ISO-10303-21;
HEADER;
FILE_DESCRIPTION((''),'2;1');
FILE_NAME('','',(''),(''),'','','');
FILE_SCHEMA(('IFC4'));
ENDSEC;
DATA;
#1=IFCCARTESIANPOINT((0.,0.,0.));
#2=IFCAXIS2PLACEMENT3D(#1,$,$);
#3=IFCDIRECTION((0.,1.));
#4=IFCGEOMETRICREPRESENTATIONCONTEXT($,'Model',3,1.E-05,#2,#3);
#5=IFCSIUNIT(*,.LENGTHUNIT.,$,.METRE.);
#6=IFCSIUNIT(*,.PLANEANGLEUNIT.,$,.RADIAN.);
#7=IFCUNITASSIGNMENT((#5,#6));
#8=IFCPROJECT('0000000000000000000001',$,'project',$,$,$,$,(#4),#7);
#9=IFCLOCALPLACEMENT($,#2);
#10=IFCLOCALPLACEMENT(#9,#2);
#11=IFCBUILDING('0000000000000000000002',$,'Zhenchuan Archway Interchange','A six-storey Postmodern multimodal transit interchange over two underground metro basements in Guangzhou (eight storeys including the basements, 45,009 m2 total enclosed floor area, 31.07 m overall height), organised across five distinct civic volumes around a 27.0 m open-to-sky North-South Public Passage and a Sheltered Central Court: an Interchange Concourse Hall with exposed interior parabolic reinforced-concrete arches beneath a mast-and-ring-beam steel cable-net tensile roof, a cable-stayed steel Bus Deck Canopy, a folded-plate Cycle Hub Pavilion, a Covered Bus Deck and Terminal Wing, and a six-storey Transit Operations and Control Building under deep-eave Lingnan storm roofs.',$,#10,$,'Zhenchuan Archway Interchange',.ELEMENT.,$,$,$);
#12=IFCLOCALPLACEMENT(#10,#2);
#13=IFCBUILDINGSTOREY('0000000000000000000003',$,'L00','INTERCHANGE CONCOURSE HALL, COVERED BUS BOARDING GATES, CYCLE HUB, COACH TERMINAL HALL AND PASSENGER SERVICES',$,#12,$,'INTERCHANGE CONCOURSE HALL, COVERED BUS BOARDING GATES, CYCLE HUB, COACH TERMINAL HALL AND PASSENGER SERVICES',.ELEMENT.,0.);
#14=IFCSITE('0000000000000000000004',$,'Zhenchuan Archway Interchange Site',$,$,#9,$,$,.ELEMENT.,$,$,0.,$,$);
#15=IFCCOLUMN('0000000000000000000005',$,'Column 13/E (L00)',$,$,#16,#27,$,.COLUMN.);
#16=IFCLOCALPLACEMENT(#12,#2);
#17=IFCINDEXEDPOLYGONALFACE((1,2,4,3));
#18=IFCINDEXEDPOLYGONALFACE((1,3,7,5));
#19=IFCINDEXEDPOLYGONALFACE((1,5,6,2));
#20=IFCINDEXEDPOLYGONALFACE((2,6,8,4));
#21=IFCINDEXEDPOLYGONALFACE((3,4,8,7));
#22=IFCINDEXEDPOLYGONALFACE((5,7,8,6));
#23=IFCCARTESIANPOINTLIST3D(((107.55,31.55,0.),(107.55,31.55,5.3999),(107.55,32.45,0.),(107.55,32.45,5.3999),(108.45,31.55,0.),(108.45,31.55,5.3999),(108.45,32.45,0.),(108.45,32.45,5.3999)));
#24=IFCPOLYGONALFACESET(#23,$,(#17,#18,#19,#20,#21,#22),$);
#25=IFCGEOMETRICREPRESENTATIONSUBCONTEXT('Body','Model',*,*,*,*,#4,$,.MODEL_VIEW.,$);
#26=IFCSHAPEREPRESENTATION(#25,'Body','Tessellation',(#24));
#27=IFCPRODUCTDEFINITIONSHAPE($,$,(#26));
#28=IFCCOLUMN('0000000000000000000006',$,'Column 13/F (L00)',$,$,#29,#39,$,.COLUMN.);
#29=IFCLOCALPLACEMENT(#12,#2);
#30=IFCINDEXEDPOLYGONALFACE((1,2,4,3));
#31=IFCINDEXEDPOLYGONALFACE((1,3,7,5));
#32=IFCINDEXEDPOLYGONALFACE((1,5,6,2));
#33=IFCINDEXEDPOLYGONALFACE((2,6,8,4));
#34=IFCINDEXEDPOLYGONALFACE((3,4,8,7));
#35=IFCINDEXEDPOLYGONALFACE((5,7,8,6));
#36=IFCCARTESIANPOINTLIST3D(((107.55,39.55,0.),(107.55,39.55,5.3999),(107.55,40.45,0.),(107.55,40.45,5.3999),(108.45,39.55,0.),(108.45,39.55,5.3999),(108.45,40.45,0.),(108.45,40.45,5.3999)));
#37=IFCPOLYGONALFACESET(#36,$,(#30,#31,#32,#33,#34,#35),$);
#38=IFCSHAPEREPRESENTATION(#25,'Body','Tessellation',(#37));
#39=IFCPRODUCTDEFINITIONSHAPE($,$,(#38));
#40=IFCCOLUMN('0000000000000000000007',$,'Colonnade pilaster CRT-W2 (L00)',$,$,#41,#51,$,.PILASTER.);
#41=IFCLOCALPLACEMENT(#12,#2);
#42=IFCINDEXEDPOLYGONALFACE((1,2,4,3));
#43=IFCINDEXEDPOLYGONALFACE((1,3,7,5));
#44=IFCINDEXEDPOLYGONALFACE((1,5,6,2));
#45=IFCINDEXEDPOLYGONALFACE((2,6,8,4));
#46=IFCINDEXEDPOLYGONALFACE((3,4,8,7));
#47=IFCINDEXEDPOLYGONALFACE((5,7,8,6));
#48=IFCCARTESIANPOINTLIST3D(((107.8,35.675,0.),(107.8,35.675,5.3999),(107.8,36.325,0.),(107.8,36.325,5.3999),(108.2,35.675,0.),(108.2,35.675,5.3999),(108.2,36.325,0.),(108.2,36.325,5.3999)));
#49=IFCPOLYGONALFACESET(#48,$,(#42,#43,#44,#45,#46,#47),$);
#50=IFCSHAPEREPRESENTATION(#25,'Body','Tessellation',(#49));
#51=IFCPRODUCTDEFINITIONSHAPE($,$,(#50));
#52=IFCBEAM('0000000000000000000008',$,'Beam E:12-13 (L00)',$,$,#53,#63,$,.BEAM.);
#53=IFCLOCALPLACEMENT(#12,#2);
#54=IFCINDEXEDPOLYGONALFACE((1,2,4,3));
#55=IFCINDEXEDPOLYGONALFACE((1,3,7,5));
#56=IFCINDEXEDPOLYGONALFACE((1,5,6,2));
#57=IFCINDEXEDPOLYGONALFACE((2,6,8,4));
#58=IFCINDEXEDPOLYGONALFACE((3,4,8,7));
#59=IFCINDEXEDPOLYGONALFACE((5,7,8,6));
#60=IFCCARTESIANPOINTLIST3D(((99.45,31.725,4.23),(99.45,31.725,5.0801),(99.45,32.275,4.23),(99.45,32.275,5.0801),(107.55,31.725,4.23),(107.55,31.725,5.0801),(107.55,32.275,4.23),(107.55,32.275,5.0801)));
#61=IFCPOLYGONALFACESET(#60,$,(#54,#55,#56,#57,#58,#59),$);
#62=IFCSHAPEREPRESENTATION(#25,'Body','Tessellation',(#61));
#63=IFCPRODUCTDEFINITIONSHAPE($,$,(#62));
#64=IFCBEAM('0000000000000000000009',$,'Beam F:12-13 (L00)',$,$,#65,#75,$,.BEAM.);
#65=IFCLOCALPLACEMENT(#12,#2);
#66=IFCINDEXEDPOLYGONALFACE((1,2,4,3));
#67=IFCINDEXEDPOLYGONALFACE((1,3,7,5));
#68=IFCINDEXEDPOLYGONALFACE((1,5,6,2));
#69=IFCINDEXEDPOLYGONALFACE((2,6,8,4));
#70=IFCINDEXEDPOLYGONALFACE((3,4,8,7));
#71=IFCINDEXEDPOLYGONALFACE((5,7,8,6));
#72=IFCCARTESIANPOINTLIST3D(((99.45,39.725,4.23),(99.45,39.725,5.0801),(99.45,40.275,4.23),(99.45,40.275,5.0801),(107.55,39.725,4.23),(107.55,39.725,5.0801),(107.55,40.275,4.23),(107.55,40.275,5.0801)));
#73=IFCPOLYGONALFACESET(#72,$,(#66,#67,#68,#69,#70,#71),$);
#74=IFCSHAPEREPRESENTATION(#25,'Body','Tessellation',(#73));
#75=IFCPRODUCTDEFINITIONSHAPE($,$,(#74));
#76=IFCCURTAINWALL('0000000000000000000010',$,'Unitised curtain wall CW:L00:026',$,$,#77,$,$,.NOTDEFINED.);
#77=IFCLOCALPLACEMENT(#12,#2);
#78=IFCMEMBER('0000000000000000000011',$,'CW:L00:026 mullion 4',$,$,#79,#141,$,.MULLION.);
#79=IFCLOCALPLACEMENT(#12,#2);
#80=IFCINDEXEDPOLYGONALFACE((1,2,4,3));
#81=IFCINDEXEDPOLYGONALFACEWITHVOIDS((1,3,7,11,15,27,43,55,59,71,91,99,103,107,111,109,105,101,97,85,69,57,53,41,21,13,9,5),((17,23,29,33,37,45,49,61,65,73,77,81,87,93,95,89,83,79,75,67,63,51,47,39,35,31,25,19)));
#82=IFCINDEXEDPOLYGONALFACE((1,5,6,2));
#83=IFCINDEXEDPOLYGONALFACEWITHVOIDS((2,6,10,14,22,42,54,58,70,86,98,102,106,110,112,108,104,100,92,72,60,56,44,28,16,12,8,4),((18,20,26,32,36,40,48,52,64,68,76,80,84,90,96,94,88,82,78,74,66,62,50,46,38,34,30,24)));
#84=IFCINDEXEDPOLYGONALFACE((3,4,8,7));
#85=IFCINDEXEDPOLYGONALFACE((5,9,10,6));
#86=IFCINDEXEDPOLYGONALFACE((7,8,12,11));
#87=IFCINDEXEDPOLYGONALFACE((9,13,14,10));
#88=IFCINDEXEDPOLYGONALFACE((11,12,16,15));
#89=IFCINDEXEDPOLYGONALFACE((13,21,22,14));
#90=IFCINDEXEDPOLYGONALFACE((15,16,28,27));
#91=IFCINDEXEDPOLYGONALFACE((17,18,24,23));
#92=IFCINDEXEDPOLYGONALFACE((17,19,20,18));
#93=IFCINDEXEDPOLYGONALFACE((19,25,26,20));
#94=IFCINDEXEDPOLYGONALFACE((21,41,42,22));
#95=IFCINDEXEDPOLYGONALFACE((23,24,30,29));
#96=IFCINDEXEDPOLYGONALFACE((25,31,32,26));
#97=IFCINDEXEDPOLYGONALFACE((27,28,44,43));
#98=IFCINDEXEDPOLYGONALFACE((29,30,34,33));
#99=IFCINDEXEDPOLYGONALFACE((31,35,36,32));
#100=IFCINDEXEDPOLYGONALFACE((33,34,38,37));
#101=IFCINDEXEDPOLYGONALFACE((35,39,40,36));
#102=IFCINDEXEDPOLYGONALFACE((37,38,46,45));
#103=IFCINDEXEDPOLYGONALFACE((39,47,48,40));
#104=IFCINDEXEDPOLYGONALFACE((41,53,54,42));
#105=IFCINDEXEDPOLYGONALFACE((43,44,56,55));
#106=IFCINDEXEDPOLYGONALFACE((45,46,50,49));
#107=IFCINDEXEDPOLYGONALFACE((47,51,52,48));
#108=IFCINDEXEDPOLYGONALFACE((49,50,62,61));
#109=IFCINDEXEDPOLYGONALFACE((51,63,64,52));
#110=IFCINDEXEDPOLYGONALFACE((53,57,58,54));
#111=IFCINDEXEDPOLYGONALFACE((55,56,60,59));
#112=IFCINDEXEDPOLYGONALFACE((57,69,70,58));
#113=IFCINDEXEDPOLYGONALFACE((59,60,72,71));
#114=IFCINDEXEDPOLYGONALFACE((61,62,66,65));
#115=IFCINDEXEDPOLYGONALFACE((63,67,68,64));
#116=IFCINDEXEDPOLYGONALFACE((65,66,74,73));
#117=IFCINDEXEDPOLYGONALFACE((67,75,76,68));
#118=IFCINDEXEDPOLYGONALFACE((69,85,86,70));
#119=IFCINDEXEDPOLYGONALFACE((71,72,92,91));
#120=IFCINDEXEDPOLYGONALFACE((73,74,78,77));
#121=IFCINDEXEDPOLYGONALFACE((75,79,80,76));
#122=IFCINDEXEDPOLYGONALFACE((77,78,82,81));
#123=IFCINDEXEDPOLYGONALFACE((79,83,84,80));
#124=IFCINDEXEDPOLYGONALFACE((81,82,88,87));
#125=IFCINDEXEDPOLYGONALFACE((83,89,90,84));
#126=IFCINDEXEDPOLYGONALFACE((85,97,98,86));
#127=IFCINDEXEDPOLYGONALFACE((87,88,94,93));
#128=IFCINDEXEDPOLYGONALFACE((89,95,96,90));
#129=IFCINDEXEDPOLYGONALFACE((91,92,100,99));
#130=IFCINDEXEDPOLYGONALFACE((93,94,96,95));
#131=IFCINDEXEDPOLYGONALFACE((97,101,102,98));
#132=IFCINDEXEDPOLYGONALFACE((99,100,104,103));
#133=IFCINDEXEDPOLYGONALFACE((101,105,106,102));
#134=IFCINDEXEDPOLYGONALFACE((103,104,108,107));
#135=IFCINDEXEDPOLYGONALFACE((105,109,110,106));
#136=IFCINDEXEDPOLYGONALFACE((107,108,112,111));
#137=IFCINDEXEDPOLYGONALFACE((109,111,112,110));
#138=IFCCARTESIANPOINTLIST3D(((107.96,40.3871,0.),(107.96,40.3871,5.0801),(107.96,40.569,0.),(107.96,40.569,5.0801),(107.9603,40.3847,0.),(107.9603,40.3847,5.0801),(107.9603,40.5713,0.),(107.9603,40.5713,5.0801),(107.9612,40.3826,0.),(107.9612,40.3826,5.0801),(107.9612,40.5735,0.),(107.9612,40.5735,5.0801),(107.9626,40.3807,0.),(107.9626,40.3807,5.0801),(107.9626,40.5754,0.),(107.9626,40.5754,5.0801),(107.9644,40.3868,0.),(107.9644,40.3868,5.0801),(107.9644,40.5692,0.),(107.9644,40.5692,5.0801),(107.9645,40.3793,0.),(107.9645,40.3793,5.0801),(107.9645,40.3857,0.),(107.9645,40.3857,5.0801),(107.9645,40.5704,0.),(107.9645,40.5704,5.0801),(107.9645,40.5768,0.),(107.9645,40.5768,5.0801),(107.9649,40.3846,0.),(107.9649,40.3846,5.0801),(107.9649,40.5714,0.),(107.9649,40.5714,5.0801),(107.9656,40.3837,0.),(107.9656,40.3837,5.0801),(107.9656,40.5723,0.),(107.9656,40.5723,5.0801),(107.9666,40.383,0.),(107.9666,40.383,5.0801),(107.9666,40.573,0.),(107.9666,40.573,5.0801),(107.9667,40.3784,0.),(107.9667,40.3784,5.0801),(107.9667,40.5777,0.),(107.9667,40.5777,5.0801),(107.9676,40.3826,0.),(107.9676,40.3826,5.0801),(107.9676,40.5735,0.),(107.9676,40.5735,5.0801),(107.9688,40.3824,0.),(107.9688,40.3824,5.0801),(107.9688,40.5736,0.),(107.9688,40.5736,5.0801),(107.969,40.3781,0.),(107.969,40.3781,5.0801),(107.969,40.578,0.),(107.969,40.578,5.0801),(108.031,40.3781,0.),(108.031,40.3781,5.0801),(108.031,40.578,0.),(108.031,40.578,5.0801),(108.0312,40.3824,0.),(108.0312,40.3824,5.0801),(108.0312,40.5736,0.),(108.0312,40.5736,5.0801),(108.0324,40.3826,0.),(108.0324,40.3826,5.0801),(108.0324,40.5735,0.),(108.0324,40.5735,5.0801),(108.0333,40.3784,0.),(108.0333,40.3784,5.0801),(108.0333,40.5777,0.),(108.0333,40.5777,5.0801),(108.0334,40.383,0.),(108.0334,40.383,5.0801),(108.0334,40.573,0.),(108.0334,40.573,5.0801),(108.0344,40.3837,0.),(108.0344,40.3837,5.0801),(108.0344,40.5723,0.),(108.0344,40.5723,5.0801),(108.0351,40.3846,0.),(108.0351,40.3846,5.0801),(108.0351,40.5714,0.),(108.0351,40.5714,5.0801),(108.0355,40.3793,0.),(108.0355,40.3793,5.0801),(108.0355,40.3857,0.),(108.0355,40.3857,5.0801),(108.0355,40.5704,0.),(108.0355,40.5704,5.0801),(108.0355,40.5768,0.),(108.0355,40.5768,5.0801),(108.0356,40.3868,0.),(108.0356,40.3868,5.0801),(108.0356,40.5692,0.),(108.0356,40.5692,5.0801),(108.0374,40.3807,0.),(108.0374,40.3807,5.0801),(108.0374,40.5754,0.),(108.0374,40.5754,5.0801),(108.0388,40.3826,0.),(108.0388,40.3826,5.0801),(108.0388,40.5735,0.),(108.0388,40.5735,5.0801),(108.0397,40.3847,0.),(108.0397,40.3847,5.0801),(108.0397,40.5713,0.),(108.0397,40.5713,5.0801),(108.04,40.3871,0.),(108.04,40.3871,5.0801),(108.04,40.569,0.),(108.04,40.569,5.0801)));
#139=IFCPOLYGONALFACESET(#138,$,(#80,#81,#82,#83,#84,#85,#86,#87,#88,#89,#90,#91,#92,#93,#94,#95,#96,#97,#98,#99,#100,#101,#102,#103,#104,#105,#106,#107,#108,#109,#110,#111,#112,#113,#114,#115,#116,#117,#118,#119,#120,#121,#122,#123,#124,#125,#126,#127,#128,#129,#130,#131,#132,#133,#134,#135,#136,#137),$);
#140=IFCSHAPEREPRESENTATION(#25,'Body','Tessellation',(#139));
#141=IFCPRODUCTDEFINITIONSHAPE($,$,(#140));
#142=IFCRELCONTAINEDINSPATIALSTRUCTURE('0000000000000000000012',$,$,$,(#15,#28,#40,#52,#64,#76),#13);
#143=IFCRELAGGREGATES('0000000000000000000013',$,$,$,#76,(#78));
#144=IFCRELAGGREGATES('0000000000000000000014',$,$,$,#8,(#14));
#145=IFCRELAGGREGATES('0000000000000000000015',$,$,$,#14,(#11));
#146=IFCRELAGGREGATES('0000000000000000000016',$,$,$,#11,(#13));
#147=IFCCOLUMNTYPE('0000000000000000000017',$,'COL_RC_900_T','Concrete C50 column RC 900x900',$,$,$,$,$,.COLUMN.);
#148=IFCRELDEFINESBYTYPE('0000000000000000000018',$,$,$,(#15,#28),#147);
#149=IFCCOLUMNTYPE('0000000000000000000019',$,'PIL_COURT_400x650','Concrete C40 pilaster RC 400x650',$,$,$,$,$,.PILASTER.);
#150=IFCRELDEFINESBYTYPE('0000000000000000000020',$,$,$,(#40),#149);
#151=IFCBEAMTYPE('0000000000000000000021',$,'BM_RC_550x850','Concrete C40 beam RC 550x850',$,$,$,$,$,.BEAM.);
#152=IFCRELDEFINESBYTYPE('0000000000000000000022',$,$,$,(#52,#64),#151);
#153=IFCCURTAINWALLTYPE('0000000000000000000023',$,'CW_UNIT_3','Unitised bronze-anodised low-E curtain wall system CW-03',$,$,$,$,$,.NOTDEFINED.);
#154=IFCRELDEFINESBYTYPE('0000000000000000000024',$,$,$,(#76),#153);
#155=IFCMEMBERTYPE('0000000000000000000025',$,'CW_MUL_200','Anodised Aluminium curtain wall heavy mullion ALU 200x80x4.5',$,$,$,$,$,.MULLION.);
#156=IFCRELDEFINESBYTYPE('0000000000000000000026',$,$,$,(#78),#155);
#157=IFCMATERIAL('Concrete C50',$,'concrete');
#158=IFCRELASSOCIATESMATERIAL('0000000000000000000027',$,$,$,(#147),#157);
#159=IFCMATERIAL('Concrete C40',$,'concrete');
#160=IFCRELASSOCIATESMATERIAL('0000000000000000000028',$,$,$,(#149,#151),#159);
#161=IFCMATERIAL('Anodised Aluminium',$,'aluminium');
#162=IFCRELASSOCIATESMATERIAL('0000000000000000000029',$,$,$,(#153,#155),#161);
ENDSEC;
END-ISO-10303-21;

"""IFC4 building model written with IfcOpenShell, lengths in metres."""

from ifc_helpers import new_model, si_unit, direction, frame, origin, origin_2d, place, context, subcontext, project, spatial, rectangle, hollow_rectangle, extrude, material, material_profile, profile_set, type_object, element, aggregate, save


model = new_model("IFC4")

# Units and contexts
model_context = context("Model", 3, precision=1e-05, world=origin(), true_north=direction((0.0, 1.0)))
body_context = subcontext(model_context, "Body", "Model", "MODEL_VIEW")
ifc_project = project(units=[si_unit("LENGTHUNIT", "METRE"), si_unit("PLANEANGLEUNIT", "RADIAN")], contexts=[model_context])

# Site, building, storey
site_placement = place(None, origin())
site = spatial("IfcSite", under=ifc_project, at=site_placement, Name="Zhenchuan Archway Interchange Site", CompositionType="ELEMENT", RefElevation=0.0)
building_placement = place(site_placement, origin())
building = spatial("IfcBuilding", under=site, at=building_placement, Name="Zhenchuan Archway Interchange", Description="A six-storey Postmodern multimodal transit interchange over two underground metro basements in Guangzhou (eight storeys including the basements, 45,009 m2 total enclosed floor area, 31.07 m overall height), organised across five distinct civic volumes around a 27.0 m open-to-sky North-South Public Passage and a Sheltered Central Court: an Interchange Concourse Hall with exposed interior parabolic reinforced-concrete arches beneath a mast-and-ring-beam steel cable-net tensile roof, a cable-stayed steel Bus Deck Canopy, a folded-plate Cycle Hub Pavilion, a Covered Bus Deck and Terminal Wing, and a six-storey Transit Operations and Control Building under deep-eave Lingnan storm roofs.", LongName="Zhenchuan Archway Interchange", CompositionType="ELEMENT")
storey_placement = place(building_placement, origin())
storey = spatial("IfcBuildingStorey", under=building, at=storey_placement, Name="L00", Description="INTERCHANGE CONCOURSE HALL, COVERED BUS BOARDING GATES, CYCLE HUB, COACH TERMINAL HALL AND PASSENGER SERVICES", LongName="INTERCHANGE CONCOURSE HALL, COVERED BUS BOARDING GATES, CYCLE HUB, COACH TERMINAL HALL AND PASSENGER SERVICES", CompositionType="ELEMENT", Elevation=0.0)

# Columns
ifc_material_1 = material(Name="Concrete C50", Category="concrete")
ifc_material_profile_1 = material_profile(ifc_material_1, rectangle(XDim=0.8999, YDim=0.8999, at=origin_2d()), Name="RC 900x900")
ifc_profile_set_1 = profile_set([ifc_material_profile_1], Name="Concrete C50")
column_type_1 = type_object("IfcColumnType", Name="COL_RC_900_T", Description="Concrete C50 column RC 900x900", PredefinedType="COLUMN", material=ifc_profile_set_1)
for number, where, z_axis, x_axis, name in (
    (1, (108.0, 32.0, 0.0), (0.0, 0.0, 1.0), (1.0, 0.0, 0.0), "Column 13/E (L00)"),
    (2, (108.0, 40.0, 0.0), (0.0, 0.0, 1.0), (1.0, 0.0, 0.0), "Column 13/F (L00)"),
):
    element("IfcColumn", number, at=place(storey_placement, frame(where, z_axis=z_axis, x_axis=x_axis)), inside=storey, type_object=column_type_1, Name=name, PredefinedType="COLUMN", context=body_context, shape_type="SweptSolid", body=[
        extrude(rectangle(XDim=0.8999, YDim=0.8999, at=origin_2d()), origin(), (0.0, 0.0, 1.0), 5.3999),
    ])
ifc_material_2 = material(Name="Concrete C40", Category="concrete")
ifc_material_profile_2 = material_profile(ifc_material_2, rectangle(XDim=0.3999, YDim=0.6499, at=origin_2d()), Name="RC 400x650")
ifc_profile_set_2 = profile_set([ifc_material_profile_2], Name="Concrete C40")
column_type_2 = type_object("IfcColumnType", Name="PIL_COURT_400x650", Description="Concrete C40 pilaster RC 400x650", PredefinedType="PILASTER", material=ifc_profile_set_2)
column_placement = place(storey_placement, frame((108.0, 36.0, 0.0), z_axis=(0.0, 0.0, 1.0), x_axis=(1.0, 0.0, 0.0)))
element("IfcColumn", 3, at=column_placement, inside=storey, type_object=column_type_2, Name="Colonnade pilaster CRT-W2 (L00)", PredefinedType="PILASTER", context=body_context, shape_type="SweptSolid", body=[
    extrude(rectangle(XDim=0.3999, YDim=0.6499, at=origin_2d()), origin(), (0.0, 0.0, 1.0), 5.3999),
])

# Beams
ifc_material_profile_3 = material_profile(ifc_material_2, rectangle(XDim=0.55, YDim=0.8501, at=origin_2d()), Name="RC 550x850")
ifc_profile_set_3 = profile_set([ifc_material_profile_3], Name="Concrete C40")
beam_type_1 = type_object("IfcBeamType", Name="BM_RC_550x850", Description="Concrete C40 beam RC 550x850", PredefinedType="BEAM", material=ifc_profile_set_3)
for number, where, z_axis, x_axis, name in (
    (4, (99.45, 32.0, 4.655), (1.0, 0.0, 0.0), (0.0, 1.0, 0.0), "Beam E:12-13 (L00)"),
    (5, (99.45, 40.0, 4.655), (1.0, 0.0, 0.0), (0.0, 1.0, 0.0), "Beam F:12-13 (L00)"),
):
    element("IfcBeam", number, at=place(storey_placement, frame(where, z_axis=z_axis, x_axis=x_axis)), inside=storey, type_object=beam_type_1, Name=name, PredefinedType="BEAM", context=body_context, shape_type="SweptSolid", body=[
        extrude(rectangle(XDim=0.55, YDim=0.8501, at=origin_2d()), origin(), (0.0, 0.0, 1.0), 8.1001),
    ])

# Curtain wall, member
ifc_material_3 = material(Name="Anodised Aluminium", Category="aluminium")
curtain_wall_type = type_object("IfcCurtainWallType", Name="CW_UNIT_3", Description="Unitised bronze-anodised low-E curtain wall system CW-03", PredefinedType="NOTDEFINED", material=ifc_material_3)
curtain_wall_placement = place(storey_placement, origin())
curtain_wall = element("IfcCurtainWall", 6, at=curtain_wall_placement, inside=storey, type_object=curtain_wall_type, Name="Unitised curtain wall CW:L00:026", PredefinedType="NOTDEFINED")
ifc_material_profile_4 = material_profile(ifc_material_3, hollow_rectangle(XDim=0.0801, YDim=0.2, WallThickness=0.0044, InnerFilletRadius=0.0044, OuterFilletRadius=0.009, at=origin_2d()), Name="ALU 200x80x4.5")
ifc_profile_set_4 = profile_set([ifc_material_profile_4], Name="Anodised Aluminium")
member_type_1 = type_object("IfcMemberType", Name="CW_MUL_200", Description="Anodised Aluminium curtain wall heavy mullion ALU 200x80x4.5", PredefinedType="MULLION", material=ifc_profile_set_4)
member_1_placement = place(storey_placement, frame((108.0, 40.478, 0.0), z_axis=(0.0, 0.0, 1.0), x_axis=(1.0, 0.0, 0.0)))
member_1 = element("IfcMember", 7, at=member_1_placement, type_object=member_type_1, Name="CW:L00:026 mullion 4", PredefinedType="MULLION", context=body_context, shape_type="SweptSolid", body=[
    extrude(hollow_rectangle(XDim=0.0801, YDim=0.2, WallThickness=0.0044, InnerFilletRadius=0.0044, OuterFilletRadius=0.009, at=origin_2d()), origin(), (0.0, 0.0, 1.0), 5.0801),
])

aggregate(curtain_wall, [member_1])

save(model, "model.ifc")
